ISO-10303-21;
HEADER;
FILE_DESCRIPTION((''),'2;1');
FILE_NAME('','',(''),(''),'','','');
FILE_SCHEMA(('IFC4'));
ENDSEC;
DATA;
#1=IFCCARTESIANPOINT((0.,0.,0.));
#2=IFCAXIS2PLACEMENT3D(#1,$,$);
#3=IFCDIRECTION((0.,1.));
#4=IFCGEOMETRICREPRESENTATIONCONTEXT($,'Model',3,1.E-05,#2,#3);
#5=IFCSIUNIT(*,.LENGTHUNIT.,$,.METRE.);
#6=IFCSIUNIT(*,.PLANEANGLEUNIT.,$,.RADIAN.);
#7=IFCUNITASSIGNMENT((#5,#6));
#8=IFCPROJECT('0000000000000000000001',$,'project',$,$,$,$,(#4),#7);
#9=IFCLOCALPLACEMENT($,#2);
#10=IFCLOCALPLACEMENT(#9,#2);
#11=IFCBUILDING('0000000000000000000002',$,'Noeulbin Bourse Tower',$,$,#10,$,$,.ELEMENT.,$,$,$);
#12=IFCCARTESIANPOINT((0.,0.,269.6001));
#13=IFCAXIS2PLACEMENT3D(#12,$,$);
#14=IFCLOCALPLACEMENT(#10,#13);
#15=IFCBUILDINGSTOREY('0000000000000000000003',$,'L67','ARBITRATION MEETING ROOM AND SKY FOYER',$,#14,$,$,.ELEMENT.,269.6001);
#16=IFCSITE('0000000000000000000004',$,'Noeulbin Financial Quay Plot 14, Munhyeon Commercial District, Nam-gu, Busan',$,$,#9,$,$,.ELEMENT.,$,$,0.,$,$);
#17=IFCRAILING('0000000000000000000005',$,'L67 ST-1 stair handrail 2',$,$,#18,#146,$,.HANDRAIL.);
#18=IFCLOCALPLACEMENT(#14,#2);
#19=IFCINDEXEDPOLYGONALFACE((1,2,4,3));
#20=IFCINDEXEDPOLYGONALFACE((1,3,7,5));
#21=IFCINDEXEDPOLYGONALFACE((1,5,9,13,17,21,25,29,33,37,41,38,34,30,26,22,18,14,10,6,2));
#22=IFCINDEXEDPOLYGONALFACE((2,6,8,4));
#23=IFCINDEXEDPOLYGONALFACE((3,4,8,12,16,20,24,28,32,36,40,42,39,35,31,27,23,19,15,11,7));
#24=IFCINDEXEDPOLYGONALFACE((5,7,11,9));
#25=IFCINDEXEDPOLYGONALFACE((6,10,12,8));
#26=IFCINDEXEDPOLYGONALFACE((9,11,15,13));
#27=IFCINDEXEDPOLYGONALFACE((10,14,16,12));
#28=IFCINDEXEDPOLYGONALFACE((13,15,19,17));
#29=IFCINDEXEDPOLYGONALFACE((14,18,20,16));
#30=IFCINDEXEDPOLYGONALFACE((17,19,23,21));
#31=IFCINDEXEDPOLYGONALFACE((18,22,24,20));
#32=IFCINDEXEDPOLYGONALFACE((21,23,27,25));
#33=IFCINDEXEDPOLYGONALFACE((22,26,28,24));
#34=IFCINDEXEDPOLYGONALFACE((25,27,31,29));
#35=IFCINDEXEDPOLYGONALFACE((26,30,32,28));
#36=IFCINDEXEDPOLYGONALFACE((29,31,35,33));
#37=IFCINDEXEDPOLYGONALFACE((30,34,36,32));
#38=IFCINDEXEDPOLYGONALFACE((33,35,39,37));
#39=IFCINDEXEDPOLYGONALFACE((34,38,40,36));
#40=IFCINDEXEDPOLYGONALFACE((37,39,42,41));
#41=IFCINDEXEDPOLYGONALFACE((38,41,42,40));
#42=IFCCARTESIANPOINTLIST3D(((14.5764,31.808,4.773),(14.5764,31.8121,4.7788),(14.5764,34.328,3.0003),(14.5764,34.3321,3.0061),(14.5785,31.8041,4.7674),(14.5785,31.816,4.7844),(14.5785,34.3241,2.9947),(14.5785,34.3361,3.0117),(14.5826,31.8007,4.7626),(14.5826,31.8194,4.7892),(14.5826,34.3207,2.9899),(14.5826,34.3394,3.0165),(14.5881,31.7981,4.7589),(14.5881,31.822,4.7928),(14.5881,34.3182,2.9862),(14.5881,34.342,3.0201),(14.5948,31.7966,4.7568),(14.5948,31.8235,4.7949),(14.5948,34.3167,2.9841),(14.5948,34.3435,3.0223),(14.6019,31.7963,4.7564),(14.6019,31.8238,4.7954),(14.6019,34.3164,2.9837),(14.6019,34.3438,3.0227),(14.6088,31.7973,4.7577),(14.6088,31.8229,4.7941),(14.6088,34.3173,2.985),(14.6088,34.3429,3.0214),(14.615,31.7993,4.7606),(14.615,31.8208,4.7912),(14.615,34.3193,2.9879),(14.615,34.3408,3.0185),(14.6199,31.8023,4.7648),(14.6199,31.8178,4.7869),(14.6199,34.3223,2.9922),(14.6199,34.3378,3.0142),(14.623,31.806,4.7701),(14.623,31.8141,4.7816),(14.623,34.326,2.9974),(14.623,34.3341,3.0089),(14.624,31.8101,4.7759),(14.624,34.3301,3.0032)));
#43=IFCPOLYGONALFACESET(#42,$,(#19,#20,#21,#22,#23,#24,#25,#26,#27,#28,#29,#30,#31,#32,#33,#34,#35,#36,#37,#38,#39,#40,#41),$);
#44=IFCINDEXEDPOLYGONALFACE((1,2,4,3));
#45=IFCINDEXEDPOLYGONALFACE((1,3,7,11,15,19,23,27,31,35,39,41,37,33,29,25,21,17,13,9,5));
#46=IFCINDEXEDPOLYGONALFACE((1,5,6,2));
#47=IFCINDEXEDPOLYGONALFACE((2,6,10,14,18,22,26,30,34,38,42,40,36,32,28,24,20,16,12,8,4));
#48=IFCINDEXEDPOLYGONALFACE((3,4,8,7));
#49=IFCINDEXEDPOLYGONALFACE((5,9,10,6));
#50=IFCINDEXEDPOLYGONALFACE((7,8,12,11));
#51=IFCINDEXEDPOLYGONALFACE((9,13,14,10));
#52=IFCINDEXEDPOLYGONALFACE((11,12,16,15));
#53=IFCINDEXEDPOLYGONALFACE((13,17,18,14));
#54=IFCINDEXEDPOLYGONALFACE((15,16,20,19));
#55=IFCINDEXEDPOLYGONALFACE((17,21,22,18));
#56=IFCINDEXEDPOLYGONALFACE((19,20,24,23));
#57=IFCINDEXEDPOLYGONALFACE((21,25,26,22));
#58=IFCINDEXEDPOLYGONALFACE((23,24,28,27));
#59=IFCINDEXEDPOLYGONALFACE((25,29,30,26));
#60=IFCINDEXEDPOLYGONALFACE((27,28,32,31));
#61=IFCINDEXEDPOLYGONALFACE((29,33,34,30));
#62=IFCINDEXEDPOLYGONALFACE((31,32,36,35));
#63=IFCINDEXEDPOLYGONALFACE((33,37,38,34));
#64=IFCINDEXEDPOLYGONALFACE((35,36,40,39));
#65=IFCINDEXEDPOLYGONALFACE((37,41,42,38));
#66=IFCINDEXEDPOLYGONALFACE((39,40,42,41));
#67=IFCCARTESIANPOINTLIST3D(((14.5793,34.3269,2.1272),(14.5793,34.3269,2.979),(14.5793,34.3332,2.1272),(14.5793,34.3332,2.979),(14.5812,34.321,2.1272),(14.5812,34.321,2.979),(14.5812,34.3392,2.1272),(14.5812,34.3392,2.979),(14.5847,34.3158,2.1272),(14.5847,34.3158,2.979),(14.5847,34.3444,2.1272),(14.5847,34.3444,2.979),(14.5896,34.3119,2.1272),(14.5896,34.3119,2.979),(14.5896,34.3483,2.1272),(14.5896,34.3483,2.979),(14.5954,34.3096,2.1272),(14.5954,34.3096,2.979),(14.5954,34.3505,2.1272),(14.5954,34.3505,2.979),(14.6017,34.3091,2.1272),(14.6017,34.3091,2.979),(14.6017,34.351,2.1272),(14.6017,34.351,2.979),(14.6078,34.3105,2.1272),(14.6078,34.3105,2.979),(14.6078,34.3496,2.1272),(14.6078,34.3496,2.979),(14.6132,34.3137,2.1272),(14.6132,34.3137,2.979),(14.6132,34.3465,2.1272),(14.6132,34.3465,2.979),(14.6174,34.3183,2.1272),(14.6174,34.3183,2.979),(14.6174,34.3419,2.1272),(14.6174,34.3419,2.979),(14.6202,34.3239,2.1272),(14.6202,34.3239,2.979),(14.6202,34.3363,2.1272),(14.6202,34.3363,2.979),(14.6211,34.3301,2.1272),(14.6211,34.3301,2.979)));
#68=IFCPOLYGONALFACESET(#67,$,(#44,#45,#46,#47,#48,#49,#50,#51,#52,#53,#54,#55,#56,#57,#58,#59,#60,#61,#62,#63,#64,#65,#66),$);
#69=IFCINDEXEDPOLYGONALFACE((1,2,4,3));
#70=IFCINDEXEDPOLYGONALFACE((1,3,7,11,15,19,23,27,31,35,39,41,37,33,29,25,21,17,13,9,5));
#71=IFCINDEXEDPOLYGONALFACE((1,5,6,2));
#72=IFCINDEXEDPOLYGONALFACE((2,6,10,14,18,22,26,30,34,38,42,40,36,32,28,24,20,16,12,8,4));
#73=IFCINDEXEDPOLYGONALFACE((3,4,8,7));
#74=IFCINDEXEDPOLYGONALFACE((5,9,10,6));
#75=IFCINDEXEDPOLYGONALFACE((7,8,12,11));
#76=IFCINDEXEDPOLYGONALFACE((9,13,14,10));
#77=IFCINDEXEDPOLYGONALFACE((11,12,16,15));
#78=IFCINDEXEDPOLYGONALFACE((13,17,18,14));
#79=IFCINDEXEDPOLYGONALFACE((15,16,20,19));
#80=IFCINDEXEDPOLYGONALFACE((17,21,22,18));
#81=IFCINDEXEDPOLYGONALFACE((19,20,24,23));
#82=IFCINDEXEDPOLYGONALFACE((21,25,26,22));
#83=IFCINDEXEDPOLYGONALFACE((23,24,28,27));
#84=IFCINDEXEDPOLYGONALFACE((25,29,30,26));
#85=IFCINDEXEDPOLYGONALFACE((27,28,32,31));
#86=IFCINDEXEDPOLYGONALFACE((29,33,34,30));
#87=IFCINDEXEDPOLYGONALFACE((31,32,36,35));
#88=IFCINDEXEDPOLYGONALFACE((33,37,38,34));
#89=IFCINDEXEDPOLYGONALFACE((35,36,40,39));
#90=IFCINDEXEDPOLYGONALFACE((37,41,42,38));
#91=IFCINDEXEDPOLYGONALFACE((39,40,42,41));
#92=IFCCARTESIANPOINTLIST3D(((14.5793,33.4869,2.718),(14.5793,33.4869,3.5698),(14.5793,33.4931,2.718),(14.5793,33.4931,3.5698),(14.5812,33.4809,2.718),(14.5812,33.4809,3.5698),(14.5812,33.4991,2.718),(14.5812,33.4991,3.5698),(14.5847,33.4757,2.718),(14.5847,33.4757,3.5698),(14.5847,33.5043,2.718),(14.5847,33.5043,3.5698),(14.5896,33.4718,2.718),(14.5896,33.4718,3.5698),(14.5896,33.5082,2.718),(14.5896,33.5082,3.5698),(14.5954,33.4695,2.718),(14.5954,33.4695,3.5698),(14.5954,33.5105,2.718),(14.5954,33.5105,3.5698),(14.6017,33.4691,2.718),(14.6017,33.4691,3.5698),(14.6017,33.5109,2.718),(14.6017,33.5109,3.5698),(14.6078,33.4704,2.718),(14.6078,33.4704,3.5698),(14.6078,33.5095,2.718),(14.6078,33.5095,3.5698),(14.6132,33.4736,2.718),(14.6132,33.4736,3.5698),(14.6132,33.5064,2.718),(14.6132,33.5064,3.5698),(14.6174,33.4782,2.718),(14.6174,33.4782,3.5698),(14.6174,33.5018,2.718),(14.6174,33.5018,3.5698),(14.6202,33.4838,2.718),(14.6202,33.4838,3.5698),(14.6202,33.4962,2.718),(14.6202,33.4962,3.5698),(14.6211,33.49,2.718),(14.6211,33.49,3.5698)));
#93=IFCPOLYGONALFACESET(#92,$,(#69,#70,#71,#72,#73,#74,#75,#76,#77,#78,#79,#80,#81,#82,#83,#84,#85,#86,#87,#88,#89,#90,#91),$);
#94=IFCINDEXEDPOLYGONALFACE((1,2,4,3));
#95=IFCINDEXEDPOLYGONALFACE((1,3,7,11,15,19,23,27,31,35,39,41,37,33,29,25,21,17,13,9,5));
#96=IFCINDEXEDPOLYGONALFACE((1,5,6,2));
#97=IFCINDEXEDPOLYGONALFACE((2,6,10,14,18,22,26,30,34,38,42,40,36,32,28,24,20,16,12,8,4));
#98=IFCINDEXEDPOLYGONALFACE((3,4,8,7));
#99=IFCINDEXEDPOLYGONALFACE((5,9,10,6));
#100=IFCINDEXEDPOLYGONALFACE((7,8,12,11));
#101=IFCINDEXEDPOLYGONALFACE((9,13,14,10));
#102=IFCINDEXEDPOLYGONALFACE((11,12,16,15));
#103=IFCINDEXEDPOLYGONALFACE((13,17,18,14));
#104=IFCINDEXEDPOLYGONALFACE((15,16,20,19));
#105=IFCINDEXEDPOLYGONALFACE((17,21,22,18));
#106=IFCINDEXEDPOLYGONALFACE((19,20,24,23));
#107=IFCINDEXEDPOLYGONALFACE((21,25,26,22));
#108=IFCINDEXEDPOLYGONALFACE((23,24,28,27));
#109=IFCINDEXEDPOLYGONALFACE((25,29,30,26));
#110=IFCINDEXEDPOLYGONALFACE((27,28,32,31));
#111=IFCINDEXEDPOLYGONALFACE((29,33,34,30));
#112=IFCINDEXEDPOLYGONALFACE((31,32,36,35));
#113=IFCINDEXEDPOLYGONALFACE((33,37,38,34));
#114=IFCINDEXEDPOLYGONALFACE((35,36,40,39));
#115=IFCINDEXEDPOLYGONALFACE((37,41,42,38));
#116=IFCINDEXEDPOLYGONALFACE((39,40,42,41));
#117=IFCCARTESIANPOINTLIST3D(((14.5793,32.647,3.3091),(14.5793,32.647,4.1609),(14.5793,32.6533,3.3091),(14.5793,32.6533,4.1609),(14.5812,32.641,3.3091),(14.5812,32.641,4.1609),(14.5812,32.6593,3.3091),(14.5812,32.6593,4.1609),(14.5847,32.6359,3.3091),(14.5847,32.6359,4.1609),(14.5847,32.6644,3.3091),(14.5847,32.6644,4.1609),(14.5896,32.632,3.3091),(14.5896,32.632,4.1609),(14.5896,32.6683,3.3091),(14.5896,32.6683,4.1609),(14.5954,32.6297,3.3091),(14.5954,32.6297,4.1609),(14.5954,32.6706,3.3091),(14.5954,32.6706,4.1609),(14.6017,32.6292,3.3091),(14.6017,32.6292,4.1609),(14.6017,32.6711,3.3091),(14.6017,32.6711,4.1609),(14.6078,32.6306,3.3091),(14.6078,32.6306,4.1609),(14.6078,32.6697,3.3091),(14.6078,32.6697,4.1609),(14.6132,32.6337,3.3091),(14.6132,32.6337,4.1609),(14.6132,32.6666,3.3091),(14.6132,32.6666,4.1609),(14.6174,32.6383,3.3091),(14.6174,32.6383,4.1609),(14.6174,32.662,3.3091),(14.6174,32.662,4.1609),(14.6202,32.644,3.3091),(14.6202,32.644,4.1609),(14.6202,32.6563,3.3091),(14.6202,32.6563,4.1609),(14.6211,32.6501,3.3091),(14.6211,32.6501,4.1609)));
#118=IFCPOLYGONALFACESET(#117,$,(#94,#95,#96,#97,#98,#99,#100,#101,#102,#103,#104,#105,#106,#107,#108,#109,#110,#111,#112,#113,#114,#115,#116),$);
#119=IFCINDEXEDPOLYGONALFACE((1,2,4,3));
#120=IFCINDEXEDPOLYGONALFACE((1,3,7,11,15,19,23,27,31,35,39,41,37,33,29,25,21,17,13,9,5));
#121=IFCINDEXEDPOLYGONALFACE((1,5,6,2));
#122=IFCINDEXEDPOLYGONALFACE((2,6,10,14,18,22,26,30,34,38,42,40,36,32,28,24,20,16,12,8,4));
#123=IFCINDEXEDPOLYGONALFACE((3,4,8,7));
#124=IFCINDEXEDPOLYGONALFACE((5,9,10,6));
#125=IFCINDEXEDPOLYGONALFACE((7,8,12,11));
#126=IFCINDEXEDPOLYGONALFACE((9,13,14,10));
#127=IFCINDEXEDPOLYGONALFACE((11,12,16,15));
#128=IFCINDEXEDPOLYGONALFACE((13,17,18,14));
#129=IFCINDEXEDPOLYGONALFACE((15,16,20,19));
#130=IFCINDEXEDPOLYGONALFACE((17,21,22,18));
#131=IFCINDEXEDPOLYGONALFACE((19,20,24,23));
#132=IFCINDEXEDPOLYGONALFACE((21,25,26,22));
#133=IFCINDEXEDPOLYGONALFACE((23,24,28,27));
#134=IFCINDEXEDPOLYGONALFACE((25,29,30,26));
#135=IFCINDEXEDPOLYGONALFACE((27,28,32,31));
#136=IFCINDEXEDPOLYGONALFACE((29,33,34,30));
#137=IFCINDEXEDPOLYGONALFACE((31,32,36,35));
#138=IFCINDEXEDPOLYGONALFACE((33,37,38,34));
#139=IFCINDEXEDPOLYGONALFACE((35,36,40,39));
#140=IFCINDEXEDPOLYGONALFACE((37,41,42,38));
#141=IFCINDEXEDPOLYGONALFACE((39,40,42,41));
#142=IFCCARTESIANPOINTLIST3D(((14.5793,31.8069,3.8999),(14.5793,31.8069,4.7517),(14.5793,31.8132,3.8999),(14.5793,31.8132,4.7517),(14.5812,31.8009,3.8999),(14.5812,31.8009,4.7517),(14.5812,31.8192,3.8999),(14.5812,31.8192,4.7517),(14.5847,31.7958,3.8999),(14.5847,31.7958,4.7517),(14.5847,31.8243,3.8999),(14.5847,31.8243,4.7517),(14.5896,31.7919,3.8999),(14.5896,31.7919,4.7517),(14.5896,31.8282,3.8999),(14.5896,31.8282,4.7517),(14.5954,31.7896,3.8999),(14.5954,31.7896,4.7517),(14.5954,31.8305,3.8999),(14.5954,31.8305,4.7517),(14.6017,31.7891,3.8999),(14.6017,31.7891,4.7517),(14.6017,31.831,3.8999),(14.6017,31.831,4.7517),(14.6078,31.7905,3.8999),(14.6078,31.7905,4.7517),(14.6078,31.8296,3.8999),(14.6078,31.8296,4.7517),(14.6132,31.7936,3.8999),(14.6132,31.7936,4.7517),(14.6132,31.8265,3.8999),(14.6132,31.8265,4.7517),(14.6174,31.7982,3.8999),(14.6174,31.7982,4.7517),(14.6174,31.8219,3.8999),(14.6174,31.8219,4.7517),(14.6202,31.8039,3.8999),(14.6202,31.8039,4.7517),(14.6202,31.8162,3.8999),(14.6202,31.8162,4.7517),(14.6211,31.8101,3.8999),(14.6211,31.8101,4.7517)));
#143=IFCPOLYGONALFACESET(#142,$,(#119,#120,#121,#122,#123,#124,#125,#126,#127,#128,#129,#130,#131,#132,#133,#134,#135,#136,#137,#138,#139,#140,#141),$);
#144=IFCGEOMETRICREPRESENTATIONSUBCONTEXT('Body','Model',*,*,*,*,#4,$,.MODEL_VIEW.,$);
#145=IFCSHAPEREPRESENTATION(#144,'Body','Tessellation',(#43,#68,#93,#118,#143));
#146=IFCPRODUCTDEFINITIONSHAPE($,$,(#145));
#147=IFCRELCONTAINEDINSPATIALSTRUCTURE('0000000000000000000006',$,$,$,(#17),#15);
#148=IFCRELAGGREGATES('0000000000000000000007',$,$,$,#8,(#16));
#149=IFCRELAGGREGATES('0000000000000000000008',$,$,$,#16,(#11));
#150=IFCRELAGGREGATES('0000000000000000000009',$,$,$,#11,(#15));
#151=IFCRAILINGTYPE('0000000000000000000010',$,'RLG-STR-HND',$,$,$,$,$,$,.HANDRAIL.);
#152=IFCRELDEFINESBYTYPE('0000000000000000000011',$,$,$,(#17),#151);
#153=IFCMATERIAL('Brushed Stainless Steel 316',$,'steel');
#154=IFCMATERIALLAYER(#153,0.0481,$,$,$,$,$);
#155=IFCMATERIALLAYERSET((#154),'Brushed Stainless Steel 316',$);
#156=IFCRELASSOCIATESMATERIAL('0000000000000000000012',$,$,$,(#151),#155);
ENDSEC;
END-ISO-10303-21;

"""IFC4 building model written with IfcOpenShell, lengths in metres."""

from ifc_helpers import new_model, si_unit, direction, frame, origin, origin_2d, place, context, subcontext, project, spatial, circle, extrude, material, layer, layer_set, type_object, element, save


model = new_model("IFC4")

# Units and contexts
model_context = context("Model", 3, precision=1e-05, world=origin(), true_north=direction((0.0, 1.0)))
body_context = subcontext(model_context, "Body", "Model", "MODEL_VIEW")
ifc_project = project(units=[si_unit("LENGTHUNIT", "METRE"), si_unit("PLANEANGLEUNIT", "RADIAN")], contexts=[model_context])

# Site, building, storey
site_placement = place(None, origin())
site = spatial("IfcSite", under=ifc_project, at=site_placement, Name="Noeulbin Financial Quay Plot 14, Munhyeon Commercial District, Nam-gu, Busan", CompositionType="ELEMENT", RefElevation=0.0)
building_placement = place(site_placement, origin())
building = spatial("IfcBuilding", under=site, at=building_placement, Name="Noeulbin Bourse Tower", CompositionType="ELEMENT")
storey_placement = place(building_placement, frame((0.0, 0.0, 269.6001)))
storey = spatial("IfcBuildingStorey", under=building, at=storey_placement, Name="L67", Description="ARBITRATION MEETING ROOM AND SKY FOYER", CompositionType="ELEMENT", Elevation=269.6001)

# Railing
ifc_material_1 = material(Name="Brushed Stainless Steel 316", Category="steel")
ifc_layer_1 = layer(ifc_material_1, 0.0481)
ifc_layer_set_1 = layer_set([ifc_layer_1], Name="Brushed Stainless Steel 316")
railing_type = type_object("IfcRailingType", Name="RLG-STR-HND", PredefinedType="HANDRAIL", material=ifc_layer_set_1)
railing_placement = place(storey_placement, frame((14.6001, 34.3301, 2.1272)))
element("IfcRailing", 1, at=railing_placement, inside=storey, type_object=railing_type, Name="L67 ST-1 stair handrail 2", PredefinedType="HANDRAIL", context=body_context, shape_type="SweptSolid", body=[
    extrude(circle(Radius=0.0239, at=origin_2d()), frame((0.0, 0.0, 0.876), z_axis=(0.0, -0.817904, 0.575354), x_axis=(1.0, 0.0, 0.0)), (0.0, 0.0, 1.0), 3.0811),
    extrude(circle(Radius=0.021, at=origin_2d()), origin(), (0.0, 0.0, 1.0), 0.8518),
    extrude(circle(Radius=0.021, at=origin_2d()), frame((0.0, -0.8401, 0.5908)), (0.0, 0.0, 1.0), 0.8518),
    extrude(circle(Radius=0.021, at=origin_2d()), frame((0.0, -1.6799, 1.1819)), (0.0, 0.0, 1.0), 0.8518),
    extrude(circle(Radius=0.021, at=origin_2d()), frame((0.0, -2.52, 1.7727)), (0.0, 0.0, 1.0), 0.8518),
])

save(model, "model.ifc")
